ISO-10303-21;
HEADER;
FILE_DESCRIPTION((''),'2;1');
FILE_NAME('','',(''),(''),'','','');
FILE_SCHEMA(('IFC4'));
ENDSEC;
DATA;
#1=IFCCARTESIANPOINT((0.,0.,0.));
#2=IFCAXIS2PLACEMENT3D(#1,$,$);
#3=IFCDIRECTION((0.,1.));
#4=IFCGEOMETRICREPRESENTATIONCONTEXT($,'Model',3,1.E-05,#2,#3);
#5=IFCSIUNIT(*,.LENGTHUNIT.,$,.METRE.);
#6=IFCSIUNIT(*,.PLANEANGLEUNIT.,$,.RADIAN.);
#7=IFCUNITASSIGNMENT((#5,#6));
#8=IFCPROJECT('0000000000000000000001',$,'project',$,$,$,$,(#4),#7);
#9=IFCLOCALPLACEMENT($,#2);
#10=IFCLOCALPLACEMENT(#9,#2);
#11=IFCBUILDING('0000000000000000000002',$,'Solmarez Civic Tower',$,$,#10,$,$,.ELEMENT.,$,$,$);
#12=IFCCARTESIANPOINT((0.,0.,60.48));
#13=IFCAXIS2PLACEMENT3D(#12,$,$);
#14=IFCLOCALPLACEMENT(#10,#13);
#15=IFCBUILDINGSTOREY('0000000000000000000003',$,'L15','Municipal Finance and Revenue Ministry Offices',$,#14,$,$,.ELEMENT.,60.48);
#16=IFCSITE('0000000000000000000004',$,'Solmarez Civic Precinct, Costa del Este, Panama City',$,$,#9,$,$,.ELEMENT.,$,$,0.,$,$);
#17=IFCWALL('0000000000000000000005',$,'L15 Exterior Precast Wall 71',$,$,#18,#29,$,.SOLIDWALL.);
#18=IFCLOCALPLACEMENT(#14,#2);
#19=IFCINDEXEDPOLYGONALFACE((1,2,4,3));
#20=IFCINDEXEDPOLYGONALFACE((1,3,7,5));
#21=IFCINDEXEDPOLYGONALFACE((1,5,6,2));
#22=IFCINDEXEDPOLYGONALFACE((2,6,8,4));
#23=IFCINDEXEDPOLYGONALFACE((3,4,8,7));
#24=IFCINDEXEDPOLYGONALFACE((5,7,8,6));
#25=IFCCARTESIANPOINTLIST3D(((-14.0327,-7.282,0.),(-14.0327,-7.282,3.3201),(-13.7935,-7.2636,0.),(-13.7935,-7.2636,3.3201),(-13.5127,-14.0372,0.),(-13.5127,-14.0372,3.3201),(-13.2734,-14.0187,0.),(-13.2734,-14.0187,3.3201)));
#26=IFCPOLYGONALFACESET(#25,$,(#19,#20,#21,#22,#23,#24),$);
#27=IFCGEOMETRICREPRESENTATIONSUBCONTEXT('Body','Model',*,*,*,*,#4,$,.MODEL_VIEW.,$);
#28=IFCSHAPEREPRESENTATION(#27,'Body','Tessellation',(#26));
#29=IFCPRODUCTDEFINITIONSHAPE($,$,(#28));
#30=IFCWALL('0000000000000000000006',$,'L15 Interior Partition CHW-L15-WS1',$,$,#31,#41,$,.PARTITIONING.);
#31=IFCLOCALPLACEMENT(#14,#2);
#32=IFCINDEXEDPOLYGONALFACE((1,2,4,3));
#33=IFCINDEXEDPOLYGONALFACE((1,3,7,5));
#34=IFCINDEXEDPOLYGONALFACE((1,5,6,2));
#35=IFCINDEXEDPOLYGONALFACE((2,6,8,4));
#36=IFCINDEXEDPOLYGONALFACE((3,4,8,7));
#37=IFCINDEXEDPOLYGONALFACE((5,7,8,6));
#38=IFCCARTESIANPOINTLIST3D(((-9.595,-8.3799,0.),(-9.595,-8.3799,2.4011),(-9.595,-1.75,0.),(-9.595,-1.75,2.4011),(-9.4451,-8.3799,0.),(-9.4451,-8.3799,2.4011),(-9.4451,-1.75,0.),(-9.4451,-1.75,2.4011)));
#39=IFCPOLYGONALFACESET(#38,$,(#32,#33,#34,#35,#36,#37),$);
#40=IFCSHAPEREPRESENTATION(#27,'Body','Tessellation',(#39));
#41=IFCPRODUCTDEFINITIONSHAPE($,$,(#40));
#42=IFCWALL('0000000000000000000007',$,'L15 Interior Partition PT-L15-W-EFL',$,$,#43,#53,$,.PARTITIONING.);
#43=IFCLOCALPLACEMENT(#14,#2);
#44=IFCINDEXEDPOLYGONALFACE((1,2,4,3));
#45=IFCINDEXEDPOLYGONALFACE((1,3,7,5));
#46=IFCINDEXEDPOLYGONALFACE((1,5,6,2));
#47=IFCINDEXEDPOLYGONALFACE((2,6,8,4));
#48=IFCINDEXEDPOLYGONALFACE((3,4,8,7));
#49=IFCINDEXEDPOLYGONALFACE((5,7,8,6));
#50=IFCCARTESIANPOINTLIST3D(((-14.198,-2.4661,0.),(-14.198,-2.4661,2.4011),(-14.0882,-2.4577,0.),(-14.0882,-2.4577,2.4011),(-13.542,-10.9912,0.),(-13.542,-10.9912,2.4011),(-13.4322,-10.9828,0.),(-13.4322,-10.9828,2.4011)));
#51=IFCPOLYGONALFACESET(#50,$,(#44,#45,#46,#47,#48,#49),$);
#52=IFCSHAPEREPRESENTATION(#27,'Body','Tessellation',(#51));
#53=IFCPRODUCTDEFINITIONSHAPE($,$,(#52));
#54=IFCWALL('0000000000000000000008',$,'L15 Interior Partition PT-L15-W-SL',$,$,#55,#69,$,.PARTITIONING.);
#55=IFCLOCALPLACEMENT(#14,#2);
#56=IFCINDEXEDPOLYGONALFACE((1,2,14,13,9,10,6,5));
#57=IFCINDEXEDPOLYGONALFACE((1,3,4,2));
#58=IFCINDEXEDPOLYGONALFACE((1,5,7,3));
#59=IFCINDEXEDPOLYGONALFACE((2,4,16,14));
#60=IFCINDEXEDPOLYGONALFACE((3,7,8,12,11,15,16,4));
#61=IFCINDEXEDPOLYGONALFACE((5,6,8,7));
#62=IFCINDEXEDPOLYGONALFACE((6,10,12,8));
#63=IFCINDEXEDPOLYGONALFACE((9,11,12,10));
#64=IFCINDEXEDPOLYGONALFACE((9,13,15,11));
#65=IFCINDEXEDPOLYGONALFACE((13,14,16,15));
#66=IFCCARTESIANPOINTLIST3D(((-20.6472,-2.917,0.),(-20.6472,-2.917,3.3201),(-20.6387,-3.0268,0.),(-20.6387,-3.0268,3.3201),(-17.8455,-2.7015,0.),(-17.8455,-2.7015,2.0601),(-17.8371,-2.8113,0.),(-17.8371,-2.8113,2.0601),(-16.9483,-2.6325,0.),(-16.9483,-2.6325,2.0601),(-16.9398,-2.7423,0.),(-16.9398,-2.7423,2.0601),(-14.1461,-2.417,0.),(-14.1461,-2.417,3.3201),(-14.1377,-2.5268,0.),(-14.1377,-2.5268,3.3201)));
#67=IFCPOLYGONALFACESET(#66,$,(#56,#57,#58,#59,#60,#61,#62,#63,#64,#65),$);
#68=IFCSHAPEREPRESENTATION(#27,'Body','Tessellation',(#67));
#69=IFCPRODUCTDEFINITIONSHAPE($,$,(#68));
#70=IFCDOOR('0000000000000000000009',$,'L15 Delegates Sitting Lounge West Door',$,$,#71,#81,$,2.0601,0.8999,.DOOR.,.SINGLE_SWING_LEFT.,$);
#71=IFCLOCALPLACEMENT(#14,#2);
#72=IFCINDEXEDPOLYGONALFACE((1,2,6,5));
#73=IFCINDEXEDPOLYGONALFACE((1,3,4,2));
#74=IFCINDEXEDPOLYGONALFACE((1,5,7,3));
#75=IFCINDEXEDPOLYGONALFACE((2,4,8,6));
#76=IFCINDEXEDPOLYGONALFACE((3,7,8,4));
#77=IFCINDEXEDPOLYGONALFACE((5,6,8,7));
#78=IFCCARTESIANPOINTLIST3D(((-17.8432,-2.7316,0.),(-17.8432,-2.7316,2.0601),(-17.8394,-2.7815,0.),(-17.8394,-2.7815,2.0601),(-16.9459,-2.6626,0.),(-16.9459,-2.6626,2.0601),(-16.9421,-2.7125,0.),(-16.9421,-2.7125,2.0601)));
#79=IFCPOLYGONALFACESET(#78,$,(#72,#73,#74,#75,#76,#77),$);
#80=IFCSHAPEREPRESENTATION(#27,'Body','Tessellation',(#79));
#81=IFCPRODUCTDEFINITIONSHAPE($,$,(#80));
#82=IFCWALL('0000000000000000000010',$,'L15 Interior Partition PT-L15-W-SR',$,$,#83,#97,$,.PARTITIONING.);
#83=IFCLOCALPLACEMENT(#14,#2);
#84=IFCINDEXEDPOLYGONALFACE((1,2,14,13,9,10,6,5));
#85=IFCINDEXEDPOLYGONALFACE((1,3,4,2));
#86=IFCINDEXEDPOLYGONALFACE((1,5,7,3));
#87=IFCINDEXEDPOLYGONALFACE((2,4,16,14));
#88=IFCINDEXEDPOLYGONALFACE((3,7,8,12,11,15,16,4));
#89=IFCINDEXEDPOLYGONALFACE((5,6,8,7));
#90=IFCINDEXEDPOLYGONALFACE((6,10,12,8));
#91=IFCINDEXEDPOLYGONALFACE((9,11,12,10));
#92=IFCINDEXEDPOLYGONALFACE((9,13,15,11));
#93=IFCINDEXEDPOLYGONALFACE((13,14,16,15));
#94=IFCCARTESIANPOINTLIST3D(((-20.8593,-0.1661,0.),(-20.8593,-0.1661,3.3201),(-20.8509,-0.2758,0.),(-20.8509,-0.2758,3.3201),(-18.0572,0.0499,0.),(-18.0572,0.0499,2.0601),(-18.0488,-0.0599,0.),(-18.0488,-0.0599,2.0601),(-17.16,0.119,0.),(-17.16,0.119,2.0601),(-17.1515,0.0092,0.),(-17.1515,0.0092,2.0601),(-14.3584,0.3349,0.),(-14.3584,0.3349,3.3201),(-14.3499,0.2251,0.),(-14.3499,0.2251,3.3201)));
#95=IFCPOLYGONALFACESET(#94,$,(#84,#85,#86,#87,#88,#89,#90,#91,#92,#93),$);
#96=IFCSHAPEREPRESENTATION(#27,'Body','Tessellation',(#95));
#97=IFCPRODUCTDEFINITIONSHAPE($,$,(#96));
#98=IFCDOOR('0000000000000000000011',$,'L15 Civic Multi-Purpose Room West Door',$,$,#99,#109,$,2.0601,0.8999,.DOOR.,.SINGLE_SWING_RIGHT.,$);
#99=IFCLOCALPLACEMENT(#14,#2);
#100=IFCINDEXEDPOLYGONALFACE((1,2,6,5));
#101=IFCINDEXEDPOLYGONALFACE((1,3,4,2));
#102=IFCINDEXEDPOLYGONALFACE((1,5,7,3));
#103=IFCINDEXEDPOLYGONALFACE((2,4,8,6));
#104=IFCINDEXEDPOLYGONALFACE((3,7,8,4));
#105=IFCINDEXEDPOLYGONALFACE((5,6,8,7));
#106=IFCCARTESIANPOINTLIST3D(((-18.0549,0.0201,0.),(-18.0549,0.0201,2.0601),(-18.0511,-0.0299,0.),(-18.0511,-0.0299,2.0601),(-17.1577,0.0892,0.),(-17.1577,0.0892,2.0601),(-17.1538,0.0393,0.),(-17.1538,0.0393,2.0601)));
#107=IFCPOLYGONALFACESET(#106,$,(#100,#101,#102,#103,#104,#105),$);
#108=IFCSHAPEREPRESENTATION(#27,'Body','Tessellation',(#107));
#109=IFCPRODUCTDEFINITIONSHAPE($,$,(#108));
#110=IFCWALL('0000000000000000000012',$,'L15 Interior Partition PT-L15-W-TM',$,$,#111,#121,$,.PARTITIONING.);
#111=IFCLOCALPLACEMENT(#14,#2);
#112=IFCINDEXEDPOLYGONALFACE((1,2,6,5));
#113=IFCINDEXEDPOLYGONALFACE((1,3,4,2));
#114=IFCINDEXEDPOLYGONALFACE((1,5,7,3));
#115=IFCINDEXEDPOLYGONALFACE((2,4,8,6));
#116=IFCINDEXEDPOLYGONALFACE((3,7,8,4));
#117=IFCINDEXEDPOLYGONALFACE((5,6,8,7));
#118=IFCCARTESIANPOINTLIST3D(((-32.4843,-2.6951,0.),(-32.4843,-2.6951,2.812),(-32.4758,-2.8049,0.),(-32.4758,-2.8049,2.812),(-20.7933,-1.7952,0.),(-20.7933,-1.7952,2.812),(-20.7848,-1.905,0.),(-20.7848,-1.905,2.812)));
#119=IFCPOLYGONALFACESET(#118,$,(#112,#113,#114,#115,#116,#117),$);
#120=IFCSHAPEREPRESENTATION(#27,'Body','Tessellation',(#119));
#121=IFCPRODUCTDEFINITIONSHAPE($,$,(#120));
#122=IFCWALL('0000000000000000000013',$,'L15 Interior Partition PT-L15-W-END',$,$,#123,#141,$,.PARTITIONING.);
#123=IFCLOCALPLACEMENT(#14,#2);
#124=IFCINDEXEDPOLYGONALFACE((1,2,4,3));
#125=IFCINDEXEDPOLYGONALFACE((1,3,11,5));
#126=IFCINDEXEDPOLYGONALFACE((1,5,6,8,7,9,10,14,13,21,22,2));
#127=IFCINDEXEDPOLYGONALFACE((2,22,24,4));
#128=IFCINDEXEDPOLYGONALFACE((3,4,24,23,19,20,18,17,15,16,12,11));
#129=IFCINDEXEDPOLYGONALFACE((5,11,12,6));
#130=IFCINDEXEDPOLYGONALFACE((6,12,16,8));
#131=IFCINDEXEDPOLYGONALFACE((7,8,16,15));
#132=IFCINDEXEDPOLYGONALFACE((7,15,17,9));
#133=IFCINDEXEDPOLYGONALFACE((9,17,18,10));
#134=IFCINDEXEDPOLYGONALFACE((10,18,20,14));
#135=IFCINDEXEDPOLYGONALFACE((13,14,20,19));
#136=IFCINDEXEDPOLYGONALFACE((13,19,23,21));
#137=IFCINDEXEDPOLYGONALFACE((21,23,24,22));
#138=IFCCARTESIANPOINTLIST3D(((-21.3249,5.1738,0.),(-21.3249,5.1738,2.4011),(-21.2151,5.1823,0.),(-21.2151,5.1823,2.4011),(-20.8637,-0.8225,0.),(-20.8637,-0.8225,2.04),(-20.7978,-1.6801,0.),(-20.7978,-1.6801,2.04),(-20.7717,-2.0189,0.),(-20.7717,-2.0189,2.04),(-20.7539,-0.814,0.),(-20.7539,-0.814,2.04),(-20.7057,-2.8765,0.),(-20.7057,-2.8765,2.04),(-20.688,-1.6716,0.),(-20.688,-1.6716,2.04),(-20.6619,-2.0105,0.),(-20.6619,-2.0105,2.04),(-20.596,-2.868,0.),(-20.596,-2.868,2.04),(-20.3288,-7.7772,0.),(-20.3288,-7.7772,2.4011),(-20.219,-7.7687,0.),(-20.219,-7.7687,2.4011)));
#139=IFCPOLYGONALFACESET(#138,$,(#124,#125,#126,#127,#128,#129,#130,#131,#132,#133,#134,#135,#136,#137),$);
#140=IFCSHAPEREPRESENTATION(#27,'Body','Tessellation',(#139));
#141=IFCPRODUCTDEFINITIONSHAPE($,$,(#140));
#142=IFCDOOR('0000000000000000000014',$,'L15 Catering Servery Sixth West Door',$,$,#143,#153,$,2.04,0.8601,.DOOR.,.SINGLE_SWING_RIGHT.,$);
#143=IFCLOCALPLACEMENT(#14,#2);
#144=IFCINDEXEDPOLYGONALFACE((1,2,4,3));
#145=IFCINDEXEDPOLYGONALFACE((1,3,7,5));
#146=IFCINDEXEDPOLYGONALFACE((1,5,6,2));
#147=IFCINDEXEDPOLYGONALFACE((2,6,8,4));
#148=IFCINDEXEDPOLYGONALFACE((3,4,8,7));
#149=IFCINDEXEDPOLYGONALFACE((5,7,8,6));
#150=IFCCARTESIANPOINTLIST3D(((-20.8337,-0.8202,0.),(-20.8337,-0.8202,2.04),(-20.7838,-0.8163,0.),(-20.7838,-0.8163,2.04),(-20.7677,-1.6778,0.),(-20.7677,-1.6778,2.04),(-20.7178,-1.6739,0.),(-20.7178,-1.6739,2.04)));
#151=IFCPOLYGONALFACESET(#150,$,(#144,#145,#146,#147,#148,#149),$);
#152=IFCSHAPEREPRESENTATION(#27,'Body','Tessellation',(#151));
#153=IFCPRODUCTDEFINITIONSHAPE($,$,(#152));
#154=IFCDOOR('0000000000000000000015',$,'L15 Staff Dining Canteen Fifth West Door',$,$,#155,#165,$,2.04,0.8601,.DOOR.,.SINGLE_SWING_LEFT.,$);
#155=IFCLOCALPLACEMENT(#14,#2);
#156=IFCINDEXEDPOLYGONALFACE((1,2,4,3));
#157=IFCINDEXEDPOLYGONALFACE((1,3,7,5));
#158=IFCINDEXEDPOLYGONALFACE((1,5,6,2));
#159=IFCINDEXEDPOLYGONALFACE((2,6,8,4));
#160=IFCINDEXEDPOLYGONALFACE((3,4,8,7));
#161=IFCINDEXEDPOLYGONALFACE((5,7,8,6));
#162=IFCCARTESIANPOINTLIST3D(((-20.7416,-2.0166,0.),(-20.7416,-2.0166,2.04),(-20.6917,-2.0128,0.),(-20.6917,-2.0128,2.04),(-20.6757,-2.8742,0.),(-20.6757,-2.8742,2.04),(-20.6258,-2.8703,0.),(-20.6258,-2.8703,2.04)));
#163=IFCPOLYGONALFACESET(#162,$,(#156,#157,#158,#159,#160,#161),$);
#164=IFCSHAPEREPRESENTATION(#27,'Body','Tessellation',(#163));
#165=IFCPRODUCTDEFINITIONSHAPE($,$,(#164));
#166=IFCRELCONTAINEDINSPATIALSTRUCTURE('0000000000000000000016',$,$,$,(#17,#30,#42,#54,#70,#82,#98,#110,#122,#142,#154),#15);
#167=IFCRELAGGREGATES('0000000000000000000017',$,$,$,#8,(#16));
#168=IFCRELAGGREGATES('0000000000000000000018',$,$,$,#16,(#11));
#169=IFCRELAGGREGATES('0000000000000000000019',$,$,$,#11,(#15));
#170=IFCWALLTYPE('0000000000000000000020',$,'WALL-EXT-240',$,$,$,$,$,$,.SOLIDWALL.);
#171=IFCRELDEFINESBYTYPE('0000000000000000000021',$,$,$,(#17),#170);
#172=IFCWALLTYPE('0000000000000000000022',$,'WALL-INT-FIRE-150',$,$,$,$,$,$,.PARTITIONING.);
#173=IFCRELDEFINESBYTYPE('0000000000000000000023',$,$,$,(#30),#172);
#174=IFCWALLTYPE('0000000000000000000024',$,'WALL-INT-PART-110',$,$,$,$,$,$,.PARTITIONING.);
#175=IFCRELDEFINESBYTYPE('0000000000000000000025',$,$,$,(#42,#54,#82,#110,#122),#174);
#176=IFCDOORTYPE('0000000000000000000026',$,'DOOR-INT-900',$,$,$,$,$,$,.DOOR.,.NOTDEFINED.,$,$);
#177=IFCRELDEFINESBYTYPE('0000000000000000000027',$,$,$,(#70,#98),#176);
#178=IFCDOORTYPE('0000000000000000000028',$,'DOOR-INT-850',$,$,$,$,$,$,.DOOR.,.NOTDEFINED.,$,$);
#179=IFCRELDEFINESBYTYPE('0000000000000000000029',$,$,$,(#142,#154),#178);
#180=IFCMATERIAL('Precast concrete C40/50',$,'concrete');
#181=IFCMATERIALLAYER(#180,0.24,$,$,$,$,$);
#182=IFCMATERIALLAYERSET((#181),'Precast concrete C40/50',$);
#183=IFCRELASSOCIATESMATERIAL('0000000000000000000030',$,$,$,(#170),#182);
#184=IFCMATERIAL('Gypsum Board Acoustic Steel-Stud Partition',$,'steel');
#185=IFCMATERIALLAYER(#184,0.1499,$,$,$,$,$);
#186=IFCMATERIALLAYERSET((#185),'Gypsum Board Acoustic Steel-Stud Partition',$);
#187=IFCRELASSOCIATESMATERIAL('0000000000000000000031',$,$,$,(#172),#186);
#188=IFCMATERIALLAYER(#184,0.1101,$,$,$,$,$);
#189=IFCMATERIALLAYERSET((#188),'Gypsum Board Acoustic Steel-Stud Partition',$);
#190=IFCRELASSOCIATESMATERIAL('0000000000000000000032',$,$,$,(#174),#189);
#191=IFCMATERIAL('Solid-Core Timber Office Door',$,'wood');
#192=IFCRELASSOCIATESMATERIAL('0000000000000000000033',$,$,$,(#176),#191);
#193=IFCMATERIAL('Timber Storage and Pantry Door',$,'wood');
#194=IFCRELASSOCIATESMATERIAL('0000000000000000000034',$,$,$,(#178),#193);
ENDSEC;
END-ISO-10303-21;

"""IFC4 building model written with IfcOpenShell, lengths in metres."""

from ifc_helpers import new_model, si_unit, direction, frame, frame_2d, origin, place, context, subcontext, project, spatial, rectangle, extrude, material, layer, layer_set, type_object, element, fill, save


model = new_model("IFC4")

# Units and contexts
model_context = context("Model", 3, precision=1e-05, world=origin(), true_north=direction((0.0, 1.0)))
body_context = subcontext(model_context, "Body", "Model", "MODEL_VIEW")
ifc_project = project(units=[si_unit("LENGTHUNIT", "METRE"), si_unit("PLANEANGLEUNIT", "RADIAN")], contexts=[model_context])

# Site, building, storey
site_placement = place(None, origin())
site = spatial("IfcSite", under=ifc_project, at=site_placement, Name="Solmarez Civic Precinct, Costa del Este, Panama City", CompositionType="ELEMENT", RefElevation=0.0)
building_placement = place(site_placement, origin())
building = spatial("IfcBuilding", under=site, at=building_placement, Name="Solmarez Civic Tower", CompositionType="ELEMENT")
storey_placement = place(building_placement, frame((0.0, 0.0, 60.48)))
storey = spatial("IfcBuildingStorey", under=building, at=storey_placement, Name="L15", Description="Municipal Finance and Revenue Ministry Offices", CompositionType="ELEMENT", Elevation=60.48)

# Shared definitions
ifc_material_1 = material(Name="Precast concrete C40/50", Category="concrete")
ifc_layer_1 = layer(ifc_material_1, 0.24)
ifc_layer_set_1 = layer_set([ifc_layer_1], Name="Precast concrete C40/50")
wall_type_1 = type_object("IfcWallType", Name="WALL-EXT-240", PredefinedType="SOLIDWALL", material=ifc_layer_set_1)

# Walls
wall_1_placement = place(storey_placement, frame((-13.3931, -14.0281, 0.0), z_axis=(0.0, 0.0, 1.0), x_axis=(-0.076754, 0.99705, 0.0)))
element("IfcWall", 1, at=wall_1_placement, inside=storey, type_object=wall_type_1, Name="L15 Exterior Precast Wall 71", PredefinedType="SOLIDWALL", context=body_context, shape_type="SweptSolid", body=[
    extrude(rectangle(XDim=6.7751, YDim=0.24, at=frame_2d((3.3877, 0.0))), origin(), (0.0, 0.0, 1.0), 3.3201),
])
ifc_material_2 = material(Name="Gypsum Board Acoustic Steel-Stud Partition", Category="steel")
ifc_layer_2 = layer(ifc_material_2, 0.1499)
ifc_layer_set_2 = layer_set([ifc_layer_2], Name="Gypsum Board Acoustic Steel-Stud Partition")
wall_type_2 = type_object("IfcWallType", Name="WALL-INT-FIRE-150", PredefinedType="PARTITIONING", material=ifc_layer_set_2)
wall_2_placement = place(storey_placement, frame((-9.52, -8.3799, 0.0), z_axis=(0.0, 0.0, 1.0), x_axis=(0.0, 1.0, 0.0)))
element("IfcWall", 2, at=wall_2_placement, inside=storey, type_object=wall_type_2, Name="L15 Interior Partition CHW-L15-WS1", PredefinedType="PARTITIONING", context=body_context, shape_type="SweptSolid", body=[
    extrude(rectangle(XDim=6.6299, YDim=0.1499, at=frame_2d((3.3149, 0.0))), origin(), (0.0, 0.0, 1.0), 2.4011),
])
ifc_layer_3 = layer(ifc_material_2, 0.1101)
ifc_layer_set_3 = layer_set([ifc_layer_3], Name="Gypsum Board Acoustic Steel-Stud Partition")
wall_type_3 = type_object("IfcWallType", Name="WALL-INT-PART-110", PredefinedType="PARTITIONING", material=ifc_layer_set_3)
wall_3_placement = place(storey_placement, frame((-14.1431, -2.4619, 0.0), z_axis=(0.0, 0.0, 1.0), x_axis=(0.076723, -0.997052, 0.0)))
element("IfcWall", 3, at=wall_3_placement, inside=storey, type_object=wall_type_3, Name="L15 Interior Partition PT-L15-W-EFL", PredefinedType="PARTITIONING", context=body_context, shape_type="SweptSolid", body=[
    extrude(rectangle(XDim=8.5503, YDim=0.1101, at=frame_2d((4.2751, 0.0))), origin(), (0.0, 0.0, 1.0), 2.4011),
])

# Walls, openings, doors
wall_4_placement = place(storey_placement, frame((-20.6431, -2.9719, 0.0), z_axis=(0.0, 0.0, 1.0), x_axis=(0.997055, 0.076685, 0.0)))
wall_4 = element("IfcWall", 4, at=wall_4_placement, inside=storey, type_object=wall_type_3, Name="L15 Interior Partition PT-L15-W-SL", PredefinedType="PARTITIONING", context=body_context, shape_type="SweptSolid", body=[
    extrude(rectangle(XDim=6.5203, YDim=0.1101, at=frame_2d((3.2603, 0.0))), origin(), (0.0, 0.0, 1.0), 3.3201),
])
opening_1_placement = place(wall_4_placement, frame((2.8101, 0.0, 0.0)))
opening_1 = element("IfcOpeningElement", 5, at=opening_1_placement, cuts=wall_4, PredefinedType="OPENING", context=body_context, shape_type="SweptSolid", body=[
    extrude(rectangle(XDim=0.8999, YDim=2.0601, at=frame_2d((0.45, 1.03))), frame((0.0, 0.0649, 0.0), z_axis=(0.0, -1.0, 0.0), x_axis=(1.0, 0.0, 0.0)), (0.0, 0.0, 1.0), 0.1301),
])
ifc_material_3 = material(Name="Solid-Core Timber Office Door", Category="wood")
door_type_1 = type_object("IfcDoorType", Name="DOOR-INT-900", OperationType="NOTDEFINED", PredefinedType="DOOR", material=ifc_material_3)
door_1_placement = place(opening_1_placement, origin())
door_1 = element("IfcDoor", 6, at=door_1_placement, inside=storey, type_object=door_type_1, Name="L15 Delegates Sitting Lounge West Door", OperationType="SINGLE_SWING_LEFT", OverallHeight=2.0601, OverallWidth=0.8999, PredefinedType="DOOR", context=body_context, shape_type="SweptSolid", body=[
    extrude(rectangle(XDim=0.8999, YDim=2.0601, at=frame_2d((0.45, 1.03))), frame((0.0, 0.0249, 0.0), z_axis=(0.0, -1.0, 0.0), x_axis=(1.0, 0.0, 0.0)), (0.0, 0.0, 1.0), 0.05),
])
fill(opening_1, door_1)
wall_5_placement = place(storey_placement, frame((-14.354, 0.28, 0.0), z_axis=(0.0, 0.0, 1.0), x_axis=(-0.997044, -0.076834, 0.0)))
wall_5 = element("IfcWall", 7, at=wall_5_placement, inside=storey, type_object=wall_type_3, Name="L15 Interior Partition PT-L15-W-SR", PredefinedType="PARTITIONING", context=body_context, shape_type="SweptSolid", body=[
    extrude(rectangle(XDim=6.5203, YDim=0.1101, at=frame_2d((3.2603, 0.0))), origin(), (0.0, 0.0, 1.0), 3.3201),
])
opening_2_placement = place(wall_5_placement, frame((2.8101, 0.0, 0.0)))
opening_2 = element("IfcOpeningElement", 8, at=opening_2_placement, cuts=wall_5, PredefinedType="OPENING", context=body_context, shape_type="SweptSolid", body=[
    extrude(rectangle(XDim=0.8999, YDim=2.0601, at=frame_2d((0.45, 1.03))), frame((0.0, 0.0649, 0.0), z_axis=(0.0, -1.0, 0.0), x_axis=(1.0, 0.0, 0.0)), (0.0, 0.0, 1.0), 0.1301),
])
door_2_placement = place(opening_2_placement, origin())
door_2 = element("IfcDoor", 9, at=door_2_placement, inside=storey, type_object=door_type_1, Name="L15 Civic Multi-Purpose Room West Door", OperationType="SINGLE_SWING_RIGHT", OverallHeight=2.0601, OverallWidth=0.8999, PredefinedType="DOOR", context=body_context, shape_type="SweptSolid", body=[
    extrude(rectangle(XDim=0.8999, YDim=2.0601, at=frame_2d((0.45, 1.03))), frame((0.0, 0.0249, 0.0), z_axis=(0.0, -1.0, 0.0), x_axis=(1.0, 0.0, 0.0)), (0.0, 0.0, 1.0), 0.05),
])
fill(opening_2, door_2)

# Wall
wall_6_placement = place(storey_placement, frame((-20.7891, -1.8501, 0.0), z_axis=(0.0, 0.0, 1.0), x_axis=(-0.997051, -0.076747, 0.0)))
element("IfcWall", 10, at=wall_6_placement, inside=storey, type_object=wall_type_3, Name="L15 Interior Partition PT-L15-W-TM", PredefinedType="PARTITIONING", context=body_context, shape_type="SweptSolid", body=[
    extrude(rectangle(XDim=11.7256, YDim=0.1101, at=frame_2d((5.8628, 0.0))), origin(), (0.0, 0.0, 1.0), 2.812),
])

# Wall, openings, doors
wall_7_placement = place(storey_placement, frame((-20.2739, -7.7729, 0.0), z_axis=(0.0, 0.0, 1.0), x_axis=(-0.076686, 0.997055, 0.0)))
wall_7 = element("IfcWall", 11, at=wall_7_placement, inside=storey, type_object=wall_type_3, Name="L15 Interior Partition PT-L15-W-END", PredefinedType="PARTITIONING", context=body_context, shape_type="SweptSolid", body=[
    extrude(rectangle(XDim=12.9893, YDim=0.1101, at=frame_2d((6.4946, 0.0))), origin(), (0.0, 0.0, 1.0), 2.4011),
])
opening_3_placement = place(wall_7_placement, frame((6.115, 0.0, 0.0)))
opening_3 = element("IfcOpeningElement", 12, at=opening_3_placement, cuts=wall_7, PredefinedType="OPENING", context=body_context, shape_type="SweptSolid", body=[
    extrude(rectangle(XDim=0.8601, YDim=2.04, at=frame_2d((0.4302, 1.02))), frame((0.0, 0.0649, 0.0), z_axis=(0.0, -1.0, 0.0), x_axis=(1.0, 0.0, 0.0)), (0.0, 0.0, 1.0), 0.1301),
])
opening_4_placement = place(wall_7_placement, frame((4.915, 0.0, 0.0)))
opening_4 = element("IfcOpeningElement", 13, at=opening_4_placement, cuts=wall_7, PredefinedType="OPENING", context=body_context, shape_type="SweptSolid", body=[
    extrude(rectangle(XDim=0.8601, YDim=2.04, at=frame_2d((0.4302, 1.02))), frame((0.0, 0.0649, 0.0), z_axis=(0.0, -1.0, 0.0), x_axis=(1.0, 0.0, 0.0)), (0.0, 0.0, 1.0), 0.1301),
])
ifc_material_4 = material(Name="Timber Storage and Pantry Door", Category="wood")
door_type_2 = type_object("IfcDoorType", Name="DOOR-INT-850", OperationType="NOTDEFINED", PredefinedType="DOOR", material=ifc_material_4)
door_3_placement = place(opening_3_placement, origin())
door_3 = element("IfcDoor", 14, at=door_3_placement, inside=storey, type_object=door_type_2, Name="L15 Catering Servery Sixth West Door", OperationType="SINGLE_SWING_RIGHT", OverallHeight=2.04, OverallWidth=0.8601, PredefinedType="DOOR", context=body_context, shape_type="SweptSolid", body=[
    extrude(rectangle(XDim=0.8601, YDim=2.04, at=frame_2d((0.4302, 1.02))), frame((0.0, 0.0249, 0.0), z_axis=(0.0, -1.0, 0.0), x_axis=(1.0, 0.0, 0.0)), (0.0, 0.0, 1.0), 0.05),
])
fill(opening_3, door_3)
door_4_placement = place(opening_4_placement, origin())
door_4 = element("IfcDoor", 15, at=door_4_placement, inside=storey, type_object=door_type_2, Name="L15 Staff Dining Canteen Fifth West Door", OperationType="SINGLE_SWING_LEFT", OverallHeight=2.04, OverallWidth=0.8601, PredefinedType="DOOR", context=body_context, shape_type="SweptSolid", body=[
    extrude(rectangle(XDim=0.8601, YDim=2.04, at=frame_2d((0.4302, 1.02))), frame((0.0, 0.0249, 0.0), z_axis=(0.0, -1.0, 0.0), x_axis=(1.0, 0.0, 0.0)), (0.0, 0.0, 1.0), 0.05),
])
fill(opening_4, door_4)

save(model, "model.ifc")
